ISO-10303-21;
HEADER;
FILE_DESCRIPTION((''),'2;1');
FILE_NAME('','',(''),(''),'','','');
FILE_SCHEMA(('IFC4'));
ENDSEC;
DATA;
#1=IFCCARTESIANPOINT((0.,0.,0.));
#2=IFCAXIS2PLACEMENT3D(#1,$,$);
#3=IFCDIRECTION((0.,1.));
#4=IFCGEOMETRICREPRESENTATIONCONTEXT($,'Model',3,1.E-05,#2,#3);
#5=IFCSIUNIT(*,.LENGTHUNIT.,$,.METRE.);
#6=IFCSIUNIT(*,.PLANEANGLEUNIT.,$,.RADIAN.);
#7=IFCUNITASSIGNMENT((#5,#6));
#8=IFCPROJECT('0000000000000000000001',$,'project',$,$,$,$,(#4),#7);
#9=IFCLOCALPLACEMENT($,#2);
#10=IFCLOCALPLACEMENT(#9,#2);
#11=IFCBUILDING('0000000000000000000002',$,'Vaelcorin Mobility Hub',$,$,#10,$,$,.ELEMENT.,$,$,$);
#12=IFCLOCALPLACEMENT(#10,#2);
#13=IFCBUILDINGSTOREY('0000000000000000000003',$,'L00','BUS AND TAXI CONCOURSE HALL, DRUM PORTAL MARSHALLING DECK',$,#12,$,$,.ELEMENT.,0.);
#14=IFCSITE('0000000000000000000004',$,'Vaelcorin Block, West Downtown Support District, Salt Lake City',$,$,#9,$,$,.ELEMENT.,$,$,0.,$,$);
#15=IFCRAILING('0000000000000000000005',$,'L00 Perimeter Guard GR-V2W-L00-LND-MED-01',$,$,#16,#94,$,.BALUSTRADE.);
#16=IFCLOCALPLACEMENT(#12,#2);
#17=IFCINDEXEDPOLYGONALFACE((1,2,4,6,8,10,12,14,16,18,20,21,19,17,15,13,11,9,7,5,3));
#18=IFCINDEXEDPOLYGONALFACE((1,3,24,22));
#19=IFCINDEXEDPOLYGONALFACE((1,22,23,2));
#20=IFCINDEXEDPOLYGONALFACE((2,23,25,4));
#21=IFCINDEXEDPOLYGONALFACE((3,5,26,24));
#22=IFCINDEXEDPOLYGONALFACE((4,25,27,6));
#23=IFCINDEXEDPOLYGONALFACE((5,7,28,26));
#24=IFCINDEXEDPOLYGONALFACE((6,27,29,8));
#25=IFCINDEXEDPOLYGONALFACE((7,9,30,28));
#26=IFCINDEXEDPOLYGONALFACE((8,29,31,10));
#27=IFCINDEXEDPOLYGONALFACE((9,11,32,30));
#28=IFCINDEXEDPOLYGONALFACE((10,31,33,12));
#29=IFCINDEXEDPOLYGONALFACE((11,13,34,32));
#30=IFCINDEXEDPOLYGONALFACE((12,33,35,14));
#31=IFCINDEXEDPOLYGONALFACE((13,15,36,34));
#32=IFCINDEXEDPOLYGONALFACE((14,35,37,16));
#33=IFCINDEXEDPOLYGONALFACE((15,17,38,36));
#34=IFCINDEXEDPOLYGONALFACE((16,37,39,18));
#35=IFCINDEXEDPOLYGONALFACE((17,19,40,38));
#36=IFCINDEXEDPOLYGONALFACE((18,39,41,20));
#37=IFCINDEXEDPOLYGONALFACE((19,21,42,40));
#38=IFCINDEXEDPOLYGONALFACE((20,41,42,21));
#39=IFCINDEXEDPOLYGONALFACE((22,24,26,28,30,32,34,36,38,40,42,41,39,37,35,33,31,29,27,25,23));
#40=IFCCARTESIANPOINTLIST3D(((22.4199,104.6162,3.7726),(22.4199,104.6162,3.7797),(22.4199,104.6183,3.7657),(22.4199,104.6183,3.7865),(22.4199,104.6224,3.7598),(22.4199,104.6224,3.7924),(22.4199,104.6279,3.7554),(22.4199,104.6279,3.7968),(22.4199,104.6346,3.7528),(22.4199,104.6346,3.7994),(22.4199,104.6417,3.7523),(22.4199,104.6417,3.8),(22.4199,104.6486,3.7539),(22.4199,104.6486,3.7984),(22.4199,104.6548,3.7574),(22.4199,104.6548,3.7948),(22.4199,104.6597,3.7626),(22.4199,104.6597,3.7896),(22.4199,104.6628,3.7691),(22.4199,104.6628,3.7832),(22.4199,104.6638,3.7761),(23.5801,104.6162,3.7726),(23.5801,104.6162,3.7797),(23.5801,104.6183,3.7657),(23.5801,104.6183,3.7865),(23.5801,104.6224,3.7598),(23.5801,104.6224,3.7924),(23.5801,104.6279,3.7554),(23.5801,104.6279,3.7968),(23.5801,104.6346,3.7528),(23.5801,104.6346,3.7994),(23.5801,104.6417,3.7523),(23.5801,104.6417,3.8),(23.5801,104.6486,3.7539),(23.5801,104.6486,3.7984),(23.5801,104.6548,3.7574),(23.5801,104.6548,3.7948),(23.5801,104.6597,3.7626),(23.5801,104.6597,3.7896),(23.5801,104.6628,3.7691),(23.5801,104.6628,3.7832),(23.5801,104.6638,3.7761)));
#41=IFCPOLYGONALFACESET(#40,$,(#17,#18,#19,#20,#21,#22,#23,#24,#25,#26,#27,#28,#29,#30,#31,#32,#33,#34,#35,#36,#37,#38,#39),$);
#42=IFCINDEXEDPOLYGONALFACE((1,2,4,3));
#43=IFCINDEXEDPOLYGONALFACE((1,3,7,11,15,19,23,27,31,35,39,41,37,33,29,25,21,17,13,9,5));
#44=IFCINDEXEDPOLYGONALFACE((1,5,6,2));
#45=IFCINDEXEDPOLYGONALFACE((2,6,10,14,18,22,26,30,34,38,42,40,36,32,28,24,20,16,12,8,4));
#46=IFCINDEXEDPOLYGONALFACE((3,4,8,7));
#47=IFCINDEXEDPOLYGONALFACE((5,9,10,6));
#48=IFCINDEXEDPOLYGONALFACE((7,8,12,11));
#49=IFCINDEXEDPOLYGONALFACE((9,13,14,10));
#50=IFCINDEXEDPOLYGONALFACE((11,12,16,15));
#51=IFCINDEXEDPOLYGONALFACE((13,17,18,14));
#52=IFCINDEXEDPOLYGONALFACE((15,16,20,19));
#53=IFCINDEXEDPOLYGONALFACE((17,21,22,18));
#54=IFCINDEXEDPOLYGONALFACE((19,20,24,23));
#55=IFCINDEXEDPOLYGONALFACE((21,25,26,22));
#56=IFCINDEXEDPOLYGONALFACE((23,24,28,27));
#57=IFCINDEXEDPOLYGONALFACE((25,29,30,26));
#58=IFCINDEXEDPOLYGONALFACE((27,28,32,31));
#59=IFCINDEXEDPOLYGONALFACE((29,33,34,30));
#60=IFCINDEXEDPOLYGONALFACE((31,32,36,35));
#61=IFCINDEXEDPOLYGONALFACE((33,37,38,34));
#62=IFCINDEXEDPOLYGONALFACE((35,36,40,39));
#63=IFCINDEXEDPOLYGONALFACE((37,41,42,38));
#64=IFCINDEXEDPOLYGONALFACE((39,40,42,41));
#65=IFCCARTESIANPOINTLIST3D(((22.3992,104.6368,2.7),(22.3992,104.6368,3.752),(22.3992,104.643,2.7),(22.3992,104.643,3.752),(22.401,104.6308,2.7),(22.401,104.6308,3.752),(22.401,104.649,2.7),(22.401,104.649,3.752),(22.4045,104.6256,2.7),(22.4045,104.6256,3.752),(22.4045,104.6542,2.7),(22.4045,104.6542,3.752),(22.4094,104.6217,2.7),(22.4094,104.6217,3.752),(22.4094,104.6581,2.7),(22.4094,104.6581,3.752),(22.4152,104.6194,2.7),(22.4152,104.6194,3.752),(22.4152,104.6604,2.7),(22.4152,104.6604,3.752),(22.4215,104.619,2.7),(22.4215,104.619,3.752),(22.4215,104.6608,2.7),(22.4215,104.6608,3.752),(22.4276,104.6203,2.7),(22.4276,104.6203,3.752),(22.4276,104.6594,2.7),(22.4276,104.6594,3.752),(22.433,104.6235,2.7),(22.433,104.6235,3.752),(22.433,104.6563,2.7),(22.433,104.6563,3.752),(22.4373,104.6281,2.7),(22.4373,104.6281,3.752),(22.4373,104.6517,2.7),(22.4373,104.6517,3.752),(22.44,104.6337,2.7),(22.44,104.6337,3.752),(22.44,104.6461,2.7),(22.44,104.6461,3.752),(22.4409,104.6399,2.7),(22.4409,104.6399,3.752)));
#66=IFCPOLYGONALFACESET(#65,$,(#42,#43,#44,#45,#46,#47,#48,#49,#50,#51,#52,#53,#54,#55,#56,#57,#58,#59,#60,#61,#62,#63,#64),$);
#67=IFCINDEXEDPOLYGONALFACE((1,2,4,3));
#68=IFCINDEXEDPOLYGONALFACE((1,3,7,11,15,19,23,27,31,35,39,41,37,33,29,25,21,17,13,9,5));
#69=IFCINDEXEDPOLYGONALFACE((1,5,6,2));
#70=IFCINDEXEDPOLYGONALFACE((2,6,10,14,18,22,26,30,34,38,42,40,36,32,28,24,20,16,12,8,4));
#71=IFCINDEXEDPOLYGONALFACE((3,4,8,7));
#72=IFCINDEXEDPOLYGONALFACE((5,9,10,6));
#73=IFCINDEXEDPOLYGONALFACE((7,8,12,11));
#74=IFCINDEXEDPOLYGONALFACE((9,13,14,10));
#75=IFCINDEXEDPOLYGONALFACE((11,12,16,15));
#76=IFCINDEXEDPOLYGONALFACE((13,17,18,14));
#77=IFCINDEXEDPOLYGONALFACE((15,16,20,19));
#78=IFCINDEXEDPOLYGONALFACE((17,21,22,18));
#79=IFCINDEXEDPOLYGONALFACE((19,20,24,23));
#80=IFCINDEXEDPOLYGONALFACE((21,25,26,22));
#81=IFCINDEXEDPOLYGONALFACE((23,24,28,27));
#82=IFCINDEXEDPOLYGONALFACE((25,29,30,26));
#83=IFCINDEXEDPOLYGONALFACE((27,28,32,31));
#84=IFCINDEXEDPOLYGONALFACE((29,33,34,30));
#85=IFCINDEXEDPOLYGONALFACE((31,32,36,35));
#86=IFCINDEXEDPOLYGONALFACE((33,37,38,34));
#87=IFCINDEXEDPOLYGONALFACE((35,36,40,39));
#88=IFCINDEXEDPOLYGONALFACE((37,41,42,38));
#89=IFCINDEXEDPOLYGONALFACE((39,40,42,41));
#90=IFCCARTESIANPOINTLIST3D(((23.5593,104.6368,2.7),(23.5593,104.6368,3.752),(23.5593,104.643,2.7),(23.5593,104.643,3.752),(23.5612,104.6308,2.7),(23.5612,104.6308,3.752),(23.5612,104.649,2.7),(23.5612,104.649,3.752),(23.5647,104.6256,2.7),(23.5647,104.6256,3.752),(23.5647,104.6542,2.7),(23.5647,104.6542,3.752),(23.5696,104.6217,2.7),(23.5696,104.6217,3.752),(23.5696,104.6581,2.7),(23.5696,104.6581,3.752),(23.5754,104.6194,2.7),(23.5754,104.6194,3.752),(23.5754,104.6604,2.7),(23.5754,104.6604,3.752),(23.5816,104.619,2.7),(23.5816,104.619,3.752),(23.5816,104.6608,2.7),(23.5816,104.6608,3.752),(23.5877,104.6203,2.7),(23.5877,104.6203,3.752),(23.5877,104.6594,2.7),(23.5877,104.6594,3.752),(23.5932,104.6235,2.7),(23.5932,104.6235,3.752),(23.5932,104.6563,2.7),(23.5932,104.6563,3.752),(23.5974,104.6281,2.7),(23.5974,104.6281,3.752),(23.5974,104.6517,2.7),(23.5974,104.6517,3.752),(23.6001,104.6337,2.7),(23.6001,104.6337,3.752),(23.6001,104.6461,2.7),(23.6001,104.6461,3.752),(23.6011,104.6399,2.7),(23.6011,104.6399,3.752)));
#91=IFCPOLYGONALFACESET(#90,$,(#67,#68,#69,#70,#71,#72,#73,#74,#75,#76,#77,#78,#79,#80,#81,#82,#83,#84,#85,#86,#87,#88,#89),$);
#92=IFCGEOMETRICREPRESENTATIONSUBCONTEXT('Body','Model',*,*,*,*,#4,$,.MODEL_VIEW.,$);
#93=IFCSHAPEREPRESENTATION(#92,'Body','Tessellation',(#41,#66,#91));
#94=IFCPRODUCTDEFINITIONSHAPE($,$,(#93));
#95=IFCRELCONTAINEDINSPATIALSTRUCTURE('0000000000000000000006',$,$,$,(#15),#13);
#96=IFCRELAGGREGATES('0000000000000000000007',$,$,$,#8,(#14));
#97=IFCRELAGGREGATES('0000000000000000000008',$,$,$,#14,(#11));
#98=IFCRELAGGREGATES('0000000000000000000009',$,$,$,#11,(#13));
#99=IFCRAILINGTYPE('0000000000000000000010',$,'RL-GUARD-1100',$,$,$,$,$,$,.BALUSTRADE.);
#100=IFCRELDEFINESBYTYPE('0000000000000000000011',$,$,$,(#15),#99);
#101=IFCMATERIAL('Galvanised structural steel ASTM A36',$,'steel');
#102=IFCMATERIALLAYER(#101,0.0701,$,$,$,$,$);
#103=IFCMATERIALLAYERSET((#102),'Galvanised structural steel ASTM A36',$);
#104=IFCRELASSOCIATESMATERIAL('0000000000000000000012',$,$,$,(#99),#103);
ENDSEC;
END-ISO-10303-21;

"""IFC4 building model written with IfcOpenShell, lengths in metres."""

from ifc_helpers import new_model, si_unit, direction, frame, origin, origin_2d, place, context, subcontext, project, spatial, circle, extrude, material, layer, layer_set, type_object, element, save


model = new_model("IFC4")

# Units and contexts
model_context = context("Model", 3, precision=1e-05, world=origin(), true_north=direction((0.0, 1.0)))
body_context = subcontext(model_context, "Body", "Model", "MODEL_VIEW")
ifc_project = project(units=[si_unit("LENGTHUNIT", "METRE"), si_unit("PLANEANGLEUNIT", "RADIAN")], contexts=[model_context])

# Site, building, storey
site_placement = place(None, origin())
site = spatial("IfcSite", under=ifc_project, at=site_placement, Name="Vaelcorin Block, West Downtown Support District, Salt Lake City", CompositionType="ELEMENT", RefElevation=0.0)
building_placement = place(site_placement, origin())
building = spatial("IfcBuilding", under=site, at=building_placement, Name="Vaelcorin Mobility Hub", CompositionType="ELEMENT")
storey_placement = place(building_placement, origin())
storey = spatial("IfcBuildingStorey", under=building, at=storey_placement, Name="L00", Description="BUS AND TAXI CONCOURSE HALL, DRUM PORTAL MARSHALLING DECK", CompositionType="ELEMENT", Elevation=0.0)

# Railing
ifc_material_1 = material(Name="Galvanised structural steel ASTM A36", Category="steel")
ifc_layer = layer(ifc_material_1, 0.0701)
ifc_layer_set = layer_set([ifc_layer], Name="Galvanised structural steel ASTM A36")
railing_type = type_object("IfcRailingType", Name="RL-GUARD-1100", PredefinedType="BALUSTRADE", material=ifc_layer_set)
railing_1_placement = place(storey_placement, frame((22.4199, 104.6399, 2.7)))
element("IfcRailing", 1, at=railing_1_placement, inside=storey, type_object=railing_type, Name="L00 Perimeter Guard GR-V2W-L00-LND-MED-01", PredefinedType="BALUSTRADE", context=body_context, shape_type="SweptSolid", body=[
    extrude(circle(Radius=0.0239, at=origin_2d()), frame((0.0, 0.0, 1.0762), z_axis=(1.0, 0.0, 0.0), x_axis=(0.0, 1.0, 0.0)), (0.0, 0.0, 1.0), 1.1602),
    extrude(circle(Radius=0.021, at=origin_2d()), origin(), (0.0, 0.0, 1.0), 1.052),
    extrude(circle(Radius=0.021, at=origin_2d()), frame((1.1602, 0.0, 0.0)), (0.0, 0.0, 1.0), 1.052),
])

save(model, "model.ifc")
